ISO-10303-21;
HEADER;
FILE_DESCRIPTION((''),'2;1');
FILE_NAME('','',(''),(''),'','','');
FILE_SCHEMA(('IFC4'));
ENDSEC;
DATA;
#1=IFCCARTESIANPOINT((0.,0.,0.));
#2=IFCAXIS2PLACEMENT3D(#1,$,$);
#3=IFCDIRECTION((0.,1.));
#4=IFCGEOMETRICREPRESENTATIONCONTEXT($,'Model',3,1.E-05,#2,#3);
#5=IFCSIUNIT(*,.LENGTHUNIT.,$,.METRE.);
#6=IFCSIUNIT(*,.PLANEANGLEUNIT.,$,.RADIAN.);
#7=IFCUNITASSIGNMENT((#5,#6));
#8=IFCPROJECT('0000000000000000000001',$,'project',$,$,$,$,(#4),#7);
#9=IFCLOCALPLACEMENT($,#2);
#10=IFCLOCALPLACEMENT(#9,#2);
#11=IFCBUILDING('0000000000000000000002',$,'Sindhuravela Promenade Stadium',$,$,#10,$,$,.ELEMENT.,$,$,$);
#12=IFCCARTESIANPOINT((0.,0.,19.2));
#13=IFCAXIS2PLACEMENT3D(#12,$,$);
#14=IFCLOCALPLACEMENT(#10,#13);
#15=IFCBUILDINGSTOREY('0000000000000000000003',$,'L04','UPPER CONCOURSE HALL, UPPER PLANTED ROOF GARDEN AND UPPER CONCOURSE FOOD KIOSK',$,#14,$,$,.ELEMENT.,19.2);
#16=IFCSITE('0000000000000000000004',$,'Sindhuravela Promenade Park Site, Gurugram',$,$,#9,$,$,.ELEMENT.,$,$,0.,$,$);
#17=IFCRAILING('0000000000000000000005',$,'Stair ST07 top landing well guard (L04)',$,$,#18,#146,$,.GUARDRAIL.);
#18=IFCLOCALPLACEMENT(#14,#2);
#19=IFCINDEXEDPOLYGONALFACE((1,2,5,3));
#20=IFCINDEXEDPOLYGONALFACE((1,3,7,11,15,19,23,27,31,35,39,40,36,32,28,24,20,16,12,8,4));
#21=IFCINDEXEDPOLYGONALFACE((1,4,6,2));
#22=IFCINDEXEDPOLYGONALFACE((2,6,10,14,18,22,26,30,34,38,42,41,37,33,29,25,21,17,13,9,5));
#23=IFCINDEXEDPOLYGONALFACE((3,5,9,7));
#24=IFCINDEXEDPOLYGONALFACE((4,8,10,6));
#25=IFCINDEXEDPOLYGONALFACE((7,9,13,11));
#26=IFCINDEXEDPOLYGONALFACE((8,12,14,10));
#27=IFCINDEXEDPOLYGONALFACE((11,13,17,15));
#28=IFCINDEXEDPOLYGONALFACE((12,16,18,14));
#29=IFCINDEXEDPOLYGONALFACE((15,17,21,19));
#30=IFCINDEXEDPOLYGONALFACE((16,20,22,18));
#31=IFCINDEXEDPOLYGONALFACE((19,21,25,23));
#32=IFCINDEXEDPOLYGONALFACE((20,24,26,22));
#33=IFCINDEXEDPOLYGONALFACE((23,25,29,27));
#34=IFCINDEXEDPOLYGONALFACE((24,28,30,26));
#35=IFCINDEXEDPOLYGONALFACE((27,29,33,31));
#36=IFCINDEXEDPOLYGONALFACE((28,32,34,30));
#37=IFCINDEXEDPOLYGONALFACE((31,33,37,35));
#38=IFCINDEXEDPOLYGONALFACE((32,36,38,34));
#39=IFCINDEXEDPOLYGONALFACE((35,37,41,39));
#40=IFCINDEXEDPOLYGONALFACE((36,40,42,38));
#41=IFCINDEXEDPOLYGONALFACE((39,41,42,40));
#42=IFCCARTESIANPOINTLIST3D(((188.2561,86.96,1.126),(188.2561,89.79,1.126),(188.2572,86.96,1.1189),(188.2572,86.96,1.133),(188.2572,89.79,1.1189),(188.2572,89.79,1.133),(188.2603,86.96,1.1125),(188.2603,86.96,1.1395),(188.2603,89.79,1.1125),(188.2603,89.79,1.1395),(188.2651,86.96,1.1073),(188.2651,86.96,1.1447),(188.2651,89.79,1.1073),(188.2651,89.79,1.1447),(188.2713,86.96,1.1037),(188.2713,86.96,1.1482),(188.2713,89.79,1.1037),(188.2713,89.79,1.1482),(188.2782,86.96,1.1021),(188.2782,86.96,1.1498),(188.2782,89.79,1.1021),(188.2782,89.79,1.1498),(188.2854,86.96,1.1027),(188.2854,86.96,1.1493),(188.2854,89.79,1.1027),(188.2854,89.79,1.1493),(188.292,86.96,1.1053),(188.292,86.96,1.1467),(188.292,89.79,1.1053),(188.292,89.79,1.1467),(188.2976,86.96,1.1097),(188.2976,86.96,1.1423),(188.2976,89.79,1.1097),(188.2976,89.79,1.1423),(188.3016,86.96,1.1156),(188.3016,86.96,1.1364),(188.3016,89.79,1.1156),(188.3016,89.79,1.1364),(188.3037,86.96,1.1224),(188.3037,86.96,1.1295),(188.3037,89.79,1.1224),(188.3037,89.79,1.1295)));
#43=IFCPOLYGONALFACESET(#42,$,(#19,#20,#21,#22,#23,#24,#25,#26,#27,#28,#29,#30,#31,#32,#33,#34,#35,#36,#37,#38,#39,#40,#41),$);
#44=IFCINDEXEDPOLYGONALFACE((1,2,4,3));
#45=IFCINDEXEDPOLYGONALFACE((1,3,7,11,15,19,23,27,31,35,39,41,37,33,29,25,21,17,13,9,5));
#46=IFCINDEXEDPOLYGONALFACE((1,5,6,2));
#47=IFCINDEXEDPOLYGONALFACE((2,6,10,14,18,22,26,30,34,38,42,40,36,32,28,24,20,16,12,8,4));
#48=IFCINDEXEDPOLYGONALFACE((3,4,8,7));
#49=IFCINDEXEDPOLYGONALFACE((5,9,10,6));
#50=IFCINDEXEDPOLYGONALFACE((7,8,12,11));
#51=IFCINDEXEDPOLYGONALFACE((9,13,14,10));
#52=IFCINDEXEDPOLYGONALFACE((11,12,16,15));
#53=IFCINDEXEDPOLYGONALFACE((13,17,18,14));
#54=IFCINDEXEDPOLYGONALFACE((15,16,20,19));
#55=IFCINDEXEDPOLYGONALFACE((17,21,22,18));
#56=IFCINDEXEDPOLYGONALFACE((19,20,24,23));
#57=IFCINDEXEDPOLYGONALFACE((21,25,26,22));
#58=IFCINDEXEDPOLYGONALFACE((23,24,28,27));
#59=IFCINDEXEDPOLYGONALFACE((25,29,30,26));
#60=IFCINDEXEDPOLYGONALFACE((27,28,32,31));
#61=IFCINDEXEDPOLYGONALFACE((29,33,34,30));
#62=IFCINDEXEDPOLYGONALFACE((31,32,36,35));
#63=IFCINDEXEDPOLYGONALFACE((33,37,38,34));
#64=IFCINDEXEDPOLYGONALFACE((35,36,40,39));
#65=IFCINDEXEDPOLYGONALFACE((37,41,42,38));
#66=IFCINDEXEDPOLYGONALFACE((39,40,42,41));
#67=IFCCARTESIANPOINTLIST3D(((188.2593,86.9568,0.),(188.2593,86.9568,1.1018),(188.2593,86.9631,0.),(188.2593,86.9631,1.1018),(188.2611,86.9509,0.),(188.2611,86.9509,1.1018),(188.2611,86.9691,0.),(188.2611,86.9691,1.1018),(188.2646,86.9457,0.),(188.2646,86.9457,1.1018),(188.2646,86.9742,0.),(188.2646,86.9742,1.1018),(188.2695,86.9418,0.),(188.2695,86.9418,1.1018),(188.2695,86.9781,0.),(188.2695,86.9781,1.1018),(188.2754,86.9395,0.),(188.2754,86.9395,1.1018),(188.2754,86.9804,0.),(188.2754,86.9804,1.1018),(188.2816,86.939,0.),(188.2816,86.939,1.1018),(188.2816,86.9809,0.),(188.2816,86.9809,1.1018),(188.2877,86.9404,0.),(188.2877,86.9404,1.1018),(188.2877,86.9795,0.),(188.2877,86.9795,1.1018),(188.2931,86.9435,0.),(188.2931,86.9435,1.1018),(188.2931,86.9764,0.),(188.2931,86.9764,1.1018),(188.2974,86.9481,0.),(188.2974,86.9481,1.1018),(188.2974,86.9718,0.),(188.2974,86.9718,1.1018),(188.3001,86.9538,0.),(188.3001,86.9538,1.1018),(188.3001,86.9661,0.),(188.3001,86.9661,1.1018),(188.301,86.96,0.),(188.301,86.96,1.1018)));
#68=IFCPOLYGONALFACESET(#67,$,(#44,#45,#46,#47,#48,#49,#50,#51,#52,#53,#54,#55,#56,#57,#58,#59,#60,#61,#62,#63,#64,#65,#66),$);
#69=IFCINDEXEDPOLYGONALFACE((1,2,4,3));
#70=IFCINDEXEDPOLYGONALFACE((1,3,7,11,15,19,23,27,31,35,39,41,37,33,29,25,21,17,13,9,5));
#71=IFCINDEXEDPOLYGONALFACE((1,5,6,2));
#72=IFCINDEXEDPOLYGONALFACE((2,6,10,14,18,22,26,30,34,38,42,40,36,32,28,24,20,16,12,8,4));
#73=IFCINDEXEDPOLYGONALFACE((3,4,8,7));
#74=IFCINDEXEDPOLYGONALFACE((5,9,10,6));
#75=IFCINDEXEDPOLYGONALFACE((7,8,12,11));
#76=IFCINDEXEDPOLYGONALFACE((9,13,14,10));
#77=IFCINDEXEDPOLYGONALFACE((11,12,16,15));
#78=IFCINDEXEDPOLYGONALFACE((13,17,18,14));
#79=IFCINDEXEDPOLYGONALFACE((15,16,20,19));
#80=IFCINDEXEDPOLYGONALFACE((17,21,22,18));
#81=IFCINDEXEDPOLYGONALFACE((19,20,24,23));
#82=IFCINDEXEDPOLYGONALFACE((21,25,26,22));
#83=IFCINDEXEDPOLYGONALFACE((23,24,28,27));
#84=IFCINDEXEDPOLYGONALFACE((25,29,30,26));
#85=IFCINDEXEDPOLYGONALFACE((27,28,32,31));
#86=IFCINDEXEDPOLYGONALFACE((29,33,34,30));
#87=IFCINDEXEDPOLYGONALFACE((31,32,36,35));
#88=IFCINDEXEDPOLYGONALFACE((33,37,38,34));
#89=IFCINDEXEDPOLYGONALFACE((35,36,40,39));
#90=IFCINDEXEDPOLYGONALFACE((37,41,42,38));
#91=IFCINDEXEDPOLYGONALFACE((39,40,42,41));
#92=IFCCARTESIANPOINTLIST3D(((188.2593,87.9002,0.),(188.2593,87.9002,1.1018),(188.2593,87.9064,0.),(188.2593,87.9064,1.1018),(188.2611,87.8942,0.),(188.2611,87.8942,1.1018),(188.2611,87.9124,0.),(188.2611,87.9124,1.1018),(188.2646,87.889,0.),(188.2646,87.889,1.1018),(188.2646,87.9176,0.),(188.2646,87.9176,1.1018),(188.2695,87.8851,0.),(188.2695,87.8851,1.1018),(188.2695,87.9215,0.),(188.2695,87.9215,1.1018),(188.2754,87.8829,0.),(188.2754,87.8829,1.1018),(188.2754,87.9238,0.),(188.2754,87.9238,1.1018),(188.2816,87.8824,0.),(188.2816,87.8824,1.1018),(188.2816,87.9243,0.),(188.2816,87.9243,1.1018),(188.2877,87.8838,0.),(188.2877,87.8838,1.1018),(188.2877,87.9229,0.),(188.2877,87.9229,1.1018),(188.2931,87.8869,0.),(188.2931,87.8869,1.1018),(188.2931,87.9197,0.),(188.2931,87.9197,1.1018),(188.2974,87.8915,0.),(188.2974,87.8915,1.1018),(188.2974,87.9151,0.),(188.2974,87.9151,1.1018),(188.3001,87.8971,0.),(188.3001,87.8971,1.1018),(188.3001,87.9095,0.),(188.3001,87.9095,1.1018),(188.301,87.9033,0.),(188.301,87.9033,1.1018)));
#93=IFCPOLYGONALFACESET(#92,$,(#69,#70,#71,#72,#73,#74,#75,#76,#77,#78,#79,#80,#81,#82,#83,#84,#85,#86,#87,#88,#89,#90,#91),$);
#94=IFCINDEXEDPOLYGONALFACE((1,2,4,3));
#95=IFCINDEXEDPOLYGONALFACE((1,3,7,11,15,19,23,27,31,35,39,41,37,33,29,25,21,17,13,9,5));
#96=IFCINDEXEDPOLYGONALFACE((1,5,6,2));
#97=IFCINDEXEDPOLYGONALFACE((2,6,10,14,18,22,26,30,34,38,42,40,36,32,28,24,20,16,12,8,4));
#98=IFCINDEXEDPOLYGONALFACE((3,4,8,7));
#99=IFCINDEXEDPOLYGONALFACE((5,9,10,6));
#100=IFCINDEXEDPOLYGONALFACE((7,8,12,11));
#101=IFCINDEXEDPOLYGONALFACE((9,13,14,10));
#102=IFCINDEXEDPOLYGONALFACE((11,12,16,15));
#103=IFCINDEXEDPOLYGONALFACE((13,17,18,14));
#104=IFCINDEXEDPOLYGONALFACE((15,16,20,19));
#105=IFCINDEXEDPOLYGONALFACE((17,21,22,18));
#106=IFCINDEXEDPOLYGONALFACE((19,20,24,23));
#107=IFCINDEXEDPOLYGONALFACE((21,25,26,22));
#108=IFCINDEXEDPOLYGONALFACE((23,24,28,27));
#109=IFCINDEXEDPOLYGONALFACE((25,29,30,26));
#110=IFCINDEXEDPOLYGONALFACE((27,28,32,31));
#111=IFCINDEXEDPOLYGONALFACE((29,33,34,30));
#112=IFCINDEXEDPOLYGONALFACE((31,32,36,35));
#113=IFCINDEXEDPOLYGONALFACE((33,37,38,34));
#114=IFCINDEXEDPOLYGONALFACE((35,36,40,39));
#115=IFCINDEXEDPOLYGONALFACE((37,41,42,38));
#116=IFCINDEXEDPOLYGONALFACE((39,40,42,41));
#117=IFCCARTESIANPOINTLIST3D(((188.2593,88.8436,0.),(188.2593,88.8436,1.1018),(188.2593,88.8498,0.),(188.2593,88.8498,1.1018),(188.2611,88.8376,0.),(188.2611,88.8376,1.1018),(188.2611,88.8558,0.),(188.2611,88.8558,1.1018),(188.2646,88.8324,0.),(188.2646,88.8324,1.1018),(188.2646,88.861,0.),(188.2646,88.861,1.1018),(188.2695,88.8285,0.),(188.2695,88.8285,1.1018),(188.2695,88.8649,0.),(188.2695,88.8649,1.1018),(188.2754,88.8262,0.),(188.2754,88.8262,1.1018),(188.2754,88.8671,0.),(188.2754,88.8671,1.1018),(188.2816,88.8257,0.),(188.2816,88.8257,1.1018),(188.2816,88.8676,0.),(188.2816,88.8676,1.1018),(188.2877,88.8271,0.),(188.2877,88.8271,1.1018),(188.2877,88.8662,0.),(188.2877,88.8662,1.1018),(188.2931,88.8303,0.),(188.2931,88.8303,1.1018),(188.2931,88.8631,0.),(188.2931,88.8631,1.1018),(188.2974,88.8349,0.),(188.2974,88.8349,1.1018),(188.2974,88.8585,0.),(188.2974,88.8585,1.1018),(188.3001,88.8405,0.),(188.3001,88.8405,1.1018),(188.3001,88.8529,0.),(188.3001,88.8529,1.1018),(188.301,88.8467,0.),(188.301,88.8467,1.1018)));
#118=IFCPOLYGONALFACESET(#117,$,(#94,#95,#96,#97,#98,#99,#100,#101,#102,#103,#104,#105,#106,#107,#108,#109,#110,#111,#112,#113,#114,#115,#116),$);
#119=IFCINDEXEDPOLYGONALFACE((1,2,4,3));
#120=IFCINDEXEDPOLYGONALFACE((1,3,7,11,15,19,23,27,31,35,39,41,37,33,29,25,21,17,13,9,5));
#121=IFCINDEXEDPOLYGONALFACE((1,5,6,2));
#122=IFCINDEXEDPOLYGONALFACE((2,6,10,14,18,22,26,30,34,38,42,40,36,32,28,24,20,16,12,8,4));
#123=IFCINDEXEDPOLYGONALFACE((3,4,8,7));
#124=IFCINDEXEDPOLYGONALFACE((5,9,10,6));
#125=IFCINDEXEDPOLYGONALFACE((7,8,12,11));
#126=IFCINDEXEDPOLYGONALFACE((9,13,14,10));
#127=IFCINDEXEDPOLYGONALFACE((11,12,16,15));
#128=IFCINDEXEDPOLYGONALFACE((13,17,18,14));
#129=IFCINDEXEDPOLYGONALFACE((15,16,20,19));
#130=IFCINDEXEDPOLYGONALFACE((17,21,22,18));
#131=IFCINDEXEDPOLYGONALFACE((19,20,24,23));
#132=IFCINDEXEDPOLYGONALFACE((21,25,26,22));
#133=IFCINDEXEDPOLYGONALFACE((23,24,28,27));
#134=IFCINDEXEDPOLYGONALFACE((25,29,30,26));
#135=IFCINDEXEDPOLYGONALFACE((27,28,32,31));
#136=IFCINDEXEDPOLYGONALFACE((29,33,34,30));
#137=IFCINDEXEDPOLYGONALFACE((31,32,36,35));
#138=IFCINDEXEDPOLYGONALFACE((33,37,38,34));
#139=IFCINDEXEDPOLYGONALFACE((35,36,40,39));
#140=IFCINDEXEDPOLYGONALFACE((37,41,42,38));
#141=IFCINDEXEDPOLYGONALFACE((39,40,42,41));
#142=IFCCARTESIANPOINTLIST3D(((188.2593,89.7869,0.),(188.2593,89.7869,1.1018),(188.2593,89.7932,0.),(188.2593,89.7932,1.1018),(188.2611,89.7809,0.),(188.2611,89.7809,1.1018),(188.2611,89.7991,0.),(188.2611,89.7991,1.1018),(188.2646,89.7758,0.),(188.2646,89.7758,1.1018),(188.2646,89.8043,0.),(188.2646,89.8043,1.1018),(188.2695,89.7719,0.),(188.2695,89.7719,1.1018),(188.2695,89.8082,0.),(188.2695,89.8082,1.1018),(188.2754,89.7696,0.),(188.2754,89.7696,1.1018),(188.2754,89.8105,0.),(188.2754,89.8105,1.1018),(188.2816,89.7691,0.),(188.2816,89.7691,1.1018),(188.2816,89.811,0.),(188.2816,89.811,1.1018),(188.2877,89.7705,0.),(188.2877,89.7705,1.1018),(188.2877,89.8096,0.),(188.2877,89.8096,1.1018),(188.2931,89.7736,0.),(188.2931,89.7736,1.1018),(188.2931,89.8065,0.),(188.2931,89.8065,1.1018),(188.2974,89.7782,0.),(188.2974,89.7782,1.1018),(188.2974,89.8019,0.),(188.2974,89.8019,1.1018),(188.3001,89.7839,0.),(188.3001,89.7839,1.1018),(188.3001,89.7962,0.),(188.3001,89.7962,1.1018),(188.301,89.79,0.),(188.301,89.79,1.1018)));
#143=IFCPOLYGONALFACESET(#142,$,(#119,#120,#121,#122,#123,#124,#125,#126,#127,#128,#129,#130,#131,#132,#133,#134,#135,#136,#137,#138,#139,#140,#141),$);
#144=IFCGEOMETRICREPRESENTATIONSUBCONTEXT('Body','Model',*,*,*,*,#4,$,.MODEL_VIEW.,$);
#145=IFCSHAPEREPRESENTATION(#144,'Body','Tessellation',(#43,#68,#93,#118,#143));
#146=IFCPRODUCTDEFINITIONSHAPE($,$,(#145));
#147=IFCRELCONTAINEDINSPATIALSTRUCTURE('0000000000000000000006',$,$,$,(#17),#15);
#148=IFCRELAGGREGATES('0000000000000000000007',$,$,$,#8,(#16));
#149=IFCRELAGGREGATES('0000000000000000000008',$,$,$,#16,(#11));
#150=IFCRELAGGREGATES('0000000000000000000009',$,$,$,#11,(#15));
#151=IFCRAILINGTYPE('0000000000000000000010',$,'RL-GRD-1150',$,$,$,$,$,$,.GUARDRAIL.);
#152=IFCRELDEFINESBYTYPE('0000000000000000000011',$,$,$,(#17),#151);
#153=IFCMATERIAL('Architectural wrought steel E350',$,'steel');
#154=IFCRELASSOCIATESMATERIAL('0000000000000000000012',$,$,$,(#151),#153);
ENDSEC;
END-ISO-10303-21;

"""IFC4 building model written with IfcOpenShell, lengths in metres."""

from ifc_helpers import new_model, si_unit, direction, frame, origin, origin_2d, place, context, subcontext, project, spatial, circle, extrude, material, type_object, element, save


model = new_model("IFC4")

# Units and contexts
model_context = context("Model", 3, precision=1e-05, world=origin(), true_north=direction((0.0, 1.0)))
body_context = subcontext(model_context, "Body", "Model", "MODEL_VIEW")
ifc_project = project(units=[si_unit("LENGTHUNIT", "METRE"), si_unit("PLANEANGLEUNIT", "RADIAN")], contexts=[model_context])

# Site, building, storey
site_placement = place(None, origin())
site = spatial("IfcSite", under=ifc_project, at=site_placement, Name="Sindhuravela Promenade Park Site, Gurugram", CompositionType="ELEMENT", RefElevation=0.0)
building_placement = place(site_placement, origin())
building = spatial("IfcBuilding", under=site, at=building_placement, Name="Sindhuravela Promenade Stadium", CompositionType="ELEMENT")
storey_placement = place(building_placement, frame((0.0, 0.0, 19.2)))
storey = spatial("IfcBuildingStorey", under=building, at=storey_placement, Name="L04", Description="UPPER CONCOURSE HALL, UPPER PLANTED ROOF GARDEN AND UPPER CONCOURSE FOOD KIOSK", CompositionType="ELEMENT", Elevation=19.2)

# Shared definitions
ifc_material_1 = material(Name="Architectural wrought steel E350", Category="steel")

# Railing
railing_type = type_object("IfcRailingType", Name="RL-GRD-1150", PredefinedType="GUARDRAIL", material=ifc_material_1)
railing_placement = place(storey_placement, frame((188.28, 86.96, 0.0)))
element("IfcRailing", 1, at=railing_placement, inside=storey, type_object=railing_type, Name="Stair ST07 top landing well guard (L04)", PredefinedType="GUARDRAIL", context=body_context, shape_type="SweptSolid", body=[
    extrude(circle(Radius=0.0239, at=origin_2d()), frame((0.0, 0.0, 1.126), z_axis=(0.0, 1.0, 0.0), x_axis=(-1.0, 0.0, 0.0)), (0.0, 0.0, 1.0), 2.8301),
    extrude(circle(Radius=0.021, at=origin_2d()), origin(), (0.0, 0.0, 1.0), 1.1018),
    extrude(circle(Radius=0.021, at=origin_2d()), frame((0.0, 0.9434, 0.0)), (0.0, 0.0, 1.0), 1.1018),
    extrude(circle(Radius=0.021, at=origin_2d()), frame((0.0, 1.8867, 0.0)), (0.0, 0.0, 1.0), 1.1018),
    extrude(circle(Radius=0.021, at=origin_2d()), frame((0.0, 2.8301, 0.0)), (0.0, 0.0, 1.0), 1.1018),
])

save(model, "model.ifc")
